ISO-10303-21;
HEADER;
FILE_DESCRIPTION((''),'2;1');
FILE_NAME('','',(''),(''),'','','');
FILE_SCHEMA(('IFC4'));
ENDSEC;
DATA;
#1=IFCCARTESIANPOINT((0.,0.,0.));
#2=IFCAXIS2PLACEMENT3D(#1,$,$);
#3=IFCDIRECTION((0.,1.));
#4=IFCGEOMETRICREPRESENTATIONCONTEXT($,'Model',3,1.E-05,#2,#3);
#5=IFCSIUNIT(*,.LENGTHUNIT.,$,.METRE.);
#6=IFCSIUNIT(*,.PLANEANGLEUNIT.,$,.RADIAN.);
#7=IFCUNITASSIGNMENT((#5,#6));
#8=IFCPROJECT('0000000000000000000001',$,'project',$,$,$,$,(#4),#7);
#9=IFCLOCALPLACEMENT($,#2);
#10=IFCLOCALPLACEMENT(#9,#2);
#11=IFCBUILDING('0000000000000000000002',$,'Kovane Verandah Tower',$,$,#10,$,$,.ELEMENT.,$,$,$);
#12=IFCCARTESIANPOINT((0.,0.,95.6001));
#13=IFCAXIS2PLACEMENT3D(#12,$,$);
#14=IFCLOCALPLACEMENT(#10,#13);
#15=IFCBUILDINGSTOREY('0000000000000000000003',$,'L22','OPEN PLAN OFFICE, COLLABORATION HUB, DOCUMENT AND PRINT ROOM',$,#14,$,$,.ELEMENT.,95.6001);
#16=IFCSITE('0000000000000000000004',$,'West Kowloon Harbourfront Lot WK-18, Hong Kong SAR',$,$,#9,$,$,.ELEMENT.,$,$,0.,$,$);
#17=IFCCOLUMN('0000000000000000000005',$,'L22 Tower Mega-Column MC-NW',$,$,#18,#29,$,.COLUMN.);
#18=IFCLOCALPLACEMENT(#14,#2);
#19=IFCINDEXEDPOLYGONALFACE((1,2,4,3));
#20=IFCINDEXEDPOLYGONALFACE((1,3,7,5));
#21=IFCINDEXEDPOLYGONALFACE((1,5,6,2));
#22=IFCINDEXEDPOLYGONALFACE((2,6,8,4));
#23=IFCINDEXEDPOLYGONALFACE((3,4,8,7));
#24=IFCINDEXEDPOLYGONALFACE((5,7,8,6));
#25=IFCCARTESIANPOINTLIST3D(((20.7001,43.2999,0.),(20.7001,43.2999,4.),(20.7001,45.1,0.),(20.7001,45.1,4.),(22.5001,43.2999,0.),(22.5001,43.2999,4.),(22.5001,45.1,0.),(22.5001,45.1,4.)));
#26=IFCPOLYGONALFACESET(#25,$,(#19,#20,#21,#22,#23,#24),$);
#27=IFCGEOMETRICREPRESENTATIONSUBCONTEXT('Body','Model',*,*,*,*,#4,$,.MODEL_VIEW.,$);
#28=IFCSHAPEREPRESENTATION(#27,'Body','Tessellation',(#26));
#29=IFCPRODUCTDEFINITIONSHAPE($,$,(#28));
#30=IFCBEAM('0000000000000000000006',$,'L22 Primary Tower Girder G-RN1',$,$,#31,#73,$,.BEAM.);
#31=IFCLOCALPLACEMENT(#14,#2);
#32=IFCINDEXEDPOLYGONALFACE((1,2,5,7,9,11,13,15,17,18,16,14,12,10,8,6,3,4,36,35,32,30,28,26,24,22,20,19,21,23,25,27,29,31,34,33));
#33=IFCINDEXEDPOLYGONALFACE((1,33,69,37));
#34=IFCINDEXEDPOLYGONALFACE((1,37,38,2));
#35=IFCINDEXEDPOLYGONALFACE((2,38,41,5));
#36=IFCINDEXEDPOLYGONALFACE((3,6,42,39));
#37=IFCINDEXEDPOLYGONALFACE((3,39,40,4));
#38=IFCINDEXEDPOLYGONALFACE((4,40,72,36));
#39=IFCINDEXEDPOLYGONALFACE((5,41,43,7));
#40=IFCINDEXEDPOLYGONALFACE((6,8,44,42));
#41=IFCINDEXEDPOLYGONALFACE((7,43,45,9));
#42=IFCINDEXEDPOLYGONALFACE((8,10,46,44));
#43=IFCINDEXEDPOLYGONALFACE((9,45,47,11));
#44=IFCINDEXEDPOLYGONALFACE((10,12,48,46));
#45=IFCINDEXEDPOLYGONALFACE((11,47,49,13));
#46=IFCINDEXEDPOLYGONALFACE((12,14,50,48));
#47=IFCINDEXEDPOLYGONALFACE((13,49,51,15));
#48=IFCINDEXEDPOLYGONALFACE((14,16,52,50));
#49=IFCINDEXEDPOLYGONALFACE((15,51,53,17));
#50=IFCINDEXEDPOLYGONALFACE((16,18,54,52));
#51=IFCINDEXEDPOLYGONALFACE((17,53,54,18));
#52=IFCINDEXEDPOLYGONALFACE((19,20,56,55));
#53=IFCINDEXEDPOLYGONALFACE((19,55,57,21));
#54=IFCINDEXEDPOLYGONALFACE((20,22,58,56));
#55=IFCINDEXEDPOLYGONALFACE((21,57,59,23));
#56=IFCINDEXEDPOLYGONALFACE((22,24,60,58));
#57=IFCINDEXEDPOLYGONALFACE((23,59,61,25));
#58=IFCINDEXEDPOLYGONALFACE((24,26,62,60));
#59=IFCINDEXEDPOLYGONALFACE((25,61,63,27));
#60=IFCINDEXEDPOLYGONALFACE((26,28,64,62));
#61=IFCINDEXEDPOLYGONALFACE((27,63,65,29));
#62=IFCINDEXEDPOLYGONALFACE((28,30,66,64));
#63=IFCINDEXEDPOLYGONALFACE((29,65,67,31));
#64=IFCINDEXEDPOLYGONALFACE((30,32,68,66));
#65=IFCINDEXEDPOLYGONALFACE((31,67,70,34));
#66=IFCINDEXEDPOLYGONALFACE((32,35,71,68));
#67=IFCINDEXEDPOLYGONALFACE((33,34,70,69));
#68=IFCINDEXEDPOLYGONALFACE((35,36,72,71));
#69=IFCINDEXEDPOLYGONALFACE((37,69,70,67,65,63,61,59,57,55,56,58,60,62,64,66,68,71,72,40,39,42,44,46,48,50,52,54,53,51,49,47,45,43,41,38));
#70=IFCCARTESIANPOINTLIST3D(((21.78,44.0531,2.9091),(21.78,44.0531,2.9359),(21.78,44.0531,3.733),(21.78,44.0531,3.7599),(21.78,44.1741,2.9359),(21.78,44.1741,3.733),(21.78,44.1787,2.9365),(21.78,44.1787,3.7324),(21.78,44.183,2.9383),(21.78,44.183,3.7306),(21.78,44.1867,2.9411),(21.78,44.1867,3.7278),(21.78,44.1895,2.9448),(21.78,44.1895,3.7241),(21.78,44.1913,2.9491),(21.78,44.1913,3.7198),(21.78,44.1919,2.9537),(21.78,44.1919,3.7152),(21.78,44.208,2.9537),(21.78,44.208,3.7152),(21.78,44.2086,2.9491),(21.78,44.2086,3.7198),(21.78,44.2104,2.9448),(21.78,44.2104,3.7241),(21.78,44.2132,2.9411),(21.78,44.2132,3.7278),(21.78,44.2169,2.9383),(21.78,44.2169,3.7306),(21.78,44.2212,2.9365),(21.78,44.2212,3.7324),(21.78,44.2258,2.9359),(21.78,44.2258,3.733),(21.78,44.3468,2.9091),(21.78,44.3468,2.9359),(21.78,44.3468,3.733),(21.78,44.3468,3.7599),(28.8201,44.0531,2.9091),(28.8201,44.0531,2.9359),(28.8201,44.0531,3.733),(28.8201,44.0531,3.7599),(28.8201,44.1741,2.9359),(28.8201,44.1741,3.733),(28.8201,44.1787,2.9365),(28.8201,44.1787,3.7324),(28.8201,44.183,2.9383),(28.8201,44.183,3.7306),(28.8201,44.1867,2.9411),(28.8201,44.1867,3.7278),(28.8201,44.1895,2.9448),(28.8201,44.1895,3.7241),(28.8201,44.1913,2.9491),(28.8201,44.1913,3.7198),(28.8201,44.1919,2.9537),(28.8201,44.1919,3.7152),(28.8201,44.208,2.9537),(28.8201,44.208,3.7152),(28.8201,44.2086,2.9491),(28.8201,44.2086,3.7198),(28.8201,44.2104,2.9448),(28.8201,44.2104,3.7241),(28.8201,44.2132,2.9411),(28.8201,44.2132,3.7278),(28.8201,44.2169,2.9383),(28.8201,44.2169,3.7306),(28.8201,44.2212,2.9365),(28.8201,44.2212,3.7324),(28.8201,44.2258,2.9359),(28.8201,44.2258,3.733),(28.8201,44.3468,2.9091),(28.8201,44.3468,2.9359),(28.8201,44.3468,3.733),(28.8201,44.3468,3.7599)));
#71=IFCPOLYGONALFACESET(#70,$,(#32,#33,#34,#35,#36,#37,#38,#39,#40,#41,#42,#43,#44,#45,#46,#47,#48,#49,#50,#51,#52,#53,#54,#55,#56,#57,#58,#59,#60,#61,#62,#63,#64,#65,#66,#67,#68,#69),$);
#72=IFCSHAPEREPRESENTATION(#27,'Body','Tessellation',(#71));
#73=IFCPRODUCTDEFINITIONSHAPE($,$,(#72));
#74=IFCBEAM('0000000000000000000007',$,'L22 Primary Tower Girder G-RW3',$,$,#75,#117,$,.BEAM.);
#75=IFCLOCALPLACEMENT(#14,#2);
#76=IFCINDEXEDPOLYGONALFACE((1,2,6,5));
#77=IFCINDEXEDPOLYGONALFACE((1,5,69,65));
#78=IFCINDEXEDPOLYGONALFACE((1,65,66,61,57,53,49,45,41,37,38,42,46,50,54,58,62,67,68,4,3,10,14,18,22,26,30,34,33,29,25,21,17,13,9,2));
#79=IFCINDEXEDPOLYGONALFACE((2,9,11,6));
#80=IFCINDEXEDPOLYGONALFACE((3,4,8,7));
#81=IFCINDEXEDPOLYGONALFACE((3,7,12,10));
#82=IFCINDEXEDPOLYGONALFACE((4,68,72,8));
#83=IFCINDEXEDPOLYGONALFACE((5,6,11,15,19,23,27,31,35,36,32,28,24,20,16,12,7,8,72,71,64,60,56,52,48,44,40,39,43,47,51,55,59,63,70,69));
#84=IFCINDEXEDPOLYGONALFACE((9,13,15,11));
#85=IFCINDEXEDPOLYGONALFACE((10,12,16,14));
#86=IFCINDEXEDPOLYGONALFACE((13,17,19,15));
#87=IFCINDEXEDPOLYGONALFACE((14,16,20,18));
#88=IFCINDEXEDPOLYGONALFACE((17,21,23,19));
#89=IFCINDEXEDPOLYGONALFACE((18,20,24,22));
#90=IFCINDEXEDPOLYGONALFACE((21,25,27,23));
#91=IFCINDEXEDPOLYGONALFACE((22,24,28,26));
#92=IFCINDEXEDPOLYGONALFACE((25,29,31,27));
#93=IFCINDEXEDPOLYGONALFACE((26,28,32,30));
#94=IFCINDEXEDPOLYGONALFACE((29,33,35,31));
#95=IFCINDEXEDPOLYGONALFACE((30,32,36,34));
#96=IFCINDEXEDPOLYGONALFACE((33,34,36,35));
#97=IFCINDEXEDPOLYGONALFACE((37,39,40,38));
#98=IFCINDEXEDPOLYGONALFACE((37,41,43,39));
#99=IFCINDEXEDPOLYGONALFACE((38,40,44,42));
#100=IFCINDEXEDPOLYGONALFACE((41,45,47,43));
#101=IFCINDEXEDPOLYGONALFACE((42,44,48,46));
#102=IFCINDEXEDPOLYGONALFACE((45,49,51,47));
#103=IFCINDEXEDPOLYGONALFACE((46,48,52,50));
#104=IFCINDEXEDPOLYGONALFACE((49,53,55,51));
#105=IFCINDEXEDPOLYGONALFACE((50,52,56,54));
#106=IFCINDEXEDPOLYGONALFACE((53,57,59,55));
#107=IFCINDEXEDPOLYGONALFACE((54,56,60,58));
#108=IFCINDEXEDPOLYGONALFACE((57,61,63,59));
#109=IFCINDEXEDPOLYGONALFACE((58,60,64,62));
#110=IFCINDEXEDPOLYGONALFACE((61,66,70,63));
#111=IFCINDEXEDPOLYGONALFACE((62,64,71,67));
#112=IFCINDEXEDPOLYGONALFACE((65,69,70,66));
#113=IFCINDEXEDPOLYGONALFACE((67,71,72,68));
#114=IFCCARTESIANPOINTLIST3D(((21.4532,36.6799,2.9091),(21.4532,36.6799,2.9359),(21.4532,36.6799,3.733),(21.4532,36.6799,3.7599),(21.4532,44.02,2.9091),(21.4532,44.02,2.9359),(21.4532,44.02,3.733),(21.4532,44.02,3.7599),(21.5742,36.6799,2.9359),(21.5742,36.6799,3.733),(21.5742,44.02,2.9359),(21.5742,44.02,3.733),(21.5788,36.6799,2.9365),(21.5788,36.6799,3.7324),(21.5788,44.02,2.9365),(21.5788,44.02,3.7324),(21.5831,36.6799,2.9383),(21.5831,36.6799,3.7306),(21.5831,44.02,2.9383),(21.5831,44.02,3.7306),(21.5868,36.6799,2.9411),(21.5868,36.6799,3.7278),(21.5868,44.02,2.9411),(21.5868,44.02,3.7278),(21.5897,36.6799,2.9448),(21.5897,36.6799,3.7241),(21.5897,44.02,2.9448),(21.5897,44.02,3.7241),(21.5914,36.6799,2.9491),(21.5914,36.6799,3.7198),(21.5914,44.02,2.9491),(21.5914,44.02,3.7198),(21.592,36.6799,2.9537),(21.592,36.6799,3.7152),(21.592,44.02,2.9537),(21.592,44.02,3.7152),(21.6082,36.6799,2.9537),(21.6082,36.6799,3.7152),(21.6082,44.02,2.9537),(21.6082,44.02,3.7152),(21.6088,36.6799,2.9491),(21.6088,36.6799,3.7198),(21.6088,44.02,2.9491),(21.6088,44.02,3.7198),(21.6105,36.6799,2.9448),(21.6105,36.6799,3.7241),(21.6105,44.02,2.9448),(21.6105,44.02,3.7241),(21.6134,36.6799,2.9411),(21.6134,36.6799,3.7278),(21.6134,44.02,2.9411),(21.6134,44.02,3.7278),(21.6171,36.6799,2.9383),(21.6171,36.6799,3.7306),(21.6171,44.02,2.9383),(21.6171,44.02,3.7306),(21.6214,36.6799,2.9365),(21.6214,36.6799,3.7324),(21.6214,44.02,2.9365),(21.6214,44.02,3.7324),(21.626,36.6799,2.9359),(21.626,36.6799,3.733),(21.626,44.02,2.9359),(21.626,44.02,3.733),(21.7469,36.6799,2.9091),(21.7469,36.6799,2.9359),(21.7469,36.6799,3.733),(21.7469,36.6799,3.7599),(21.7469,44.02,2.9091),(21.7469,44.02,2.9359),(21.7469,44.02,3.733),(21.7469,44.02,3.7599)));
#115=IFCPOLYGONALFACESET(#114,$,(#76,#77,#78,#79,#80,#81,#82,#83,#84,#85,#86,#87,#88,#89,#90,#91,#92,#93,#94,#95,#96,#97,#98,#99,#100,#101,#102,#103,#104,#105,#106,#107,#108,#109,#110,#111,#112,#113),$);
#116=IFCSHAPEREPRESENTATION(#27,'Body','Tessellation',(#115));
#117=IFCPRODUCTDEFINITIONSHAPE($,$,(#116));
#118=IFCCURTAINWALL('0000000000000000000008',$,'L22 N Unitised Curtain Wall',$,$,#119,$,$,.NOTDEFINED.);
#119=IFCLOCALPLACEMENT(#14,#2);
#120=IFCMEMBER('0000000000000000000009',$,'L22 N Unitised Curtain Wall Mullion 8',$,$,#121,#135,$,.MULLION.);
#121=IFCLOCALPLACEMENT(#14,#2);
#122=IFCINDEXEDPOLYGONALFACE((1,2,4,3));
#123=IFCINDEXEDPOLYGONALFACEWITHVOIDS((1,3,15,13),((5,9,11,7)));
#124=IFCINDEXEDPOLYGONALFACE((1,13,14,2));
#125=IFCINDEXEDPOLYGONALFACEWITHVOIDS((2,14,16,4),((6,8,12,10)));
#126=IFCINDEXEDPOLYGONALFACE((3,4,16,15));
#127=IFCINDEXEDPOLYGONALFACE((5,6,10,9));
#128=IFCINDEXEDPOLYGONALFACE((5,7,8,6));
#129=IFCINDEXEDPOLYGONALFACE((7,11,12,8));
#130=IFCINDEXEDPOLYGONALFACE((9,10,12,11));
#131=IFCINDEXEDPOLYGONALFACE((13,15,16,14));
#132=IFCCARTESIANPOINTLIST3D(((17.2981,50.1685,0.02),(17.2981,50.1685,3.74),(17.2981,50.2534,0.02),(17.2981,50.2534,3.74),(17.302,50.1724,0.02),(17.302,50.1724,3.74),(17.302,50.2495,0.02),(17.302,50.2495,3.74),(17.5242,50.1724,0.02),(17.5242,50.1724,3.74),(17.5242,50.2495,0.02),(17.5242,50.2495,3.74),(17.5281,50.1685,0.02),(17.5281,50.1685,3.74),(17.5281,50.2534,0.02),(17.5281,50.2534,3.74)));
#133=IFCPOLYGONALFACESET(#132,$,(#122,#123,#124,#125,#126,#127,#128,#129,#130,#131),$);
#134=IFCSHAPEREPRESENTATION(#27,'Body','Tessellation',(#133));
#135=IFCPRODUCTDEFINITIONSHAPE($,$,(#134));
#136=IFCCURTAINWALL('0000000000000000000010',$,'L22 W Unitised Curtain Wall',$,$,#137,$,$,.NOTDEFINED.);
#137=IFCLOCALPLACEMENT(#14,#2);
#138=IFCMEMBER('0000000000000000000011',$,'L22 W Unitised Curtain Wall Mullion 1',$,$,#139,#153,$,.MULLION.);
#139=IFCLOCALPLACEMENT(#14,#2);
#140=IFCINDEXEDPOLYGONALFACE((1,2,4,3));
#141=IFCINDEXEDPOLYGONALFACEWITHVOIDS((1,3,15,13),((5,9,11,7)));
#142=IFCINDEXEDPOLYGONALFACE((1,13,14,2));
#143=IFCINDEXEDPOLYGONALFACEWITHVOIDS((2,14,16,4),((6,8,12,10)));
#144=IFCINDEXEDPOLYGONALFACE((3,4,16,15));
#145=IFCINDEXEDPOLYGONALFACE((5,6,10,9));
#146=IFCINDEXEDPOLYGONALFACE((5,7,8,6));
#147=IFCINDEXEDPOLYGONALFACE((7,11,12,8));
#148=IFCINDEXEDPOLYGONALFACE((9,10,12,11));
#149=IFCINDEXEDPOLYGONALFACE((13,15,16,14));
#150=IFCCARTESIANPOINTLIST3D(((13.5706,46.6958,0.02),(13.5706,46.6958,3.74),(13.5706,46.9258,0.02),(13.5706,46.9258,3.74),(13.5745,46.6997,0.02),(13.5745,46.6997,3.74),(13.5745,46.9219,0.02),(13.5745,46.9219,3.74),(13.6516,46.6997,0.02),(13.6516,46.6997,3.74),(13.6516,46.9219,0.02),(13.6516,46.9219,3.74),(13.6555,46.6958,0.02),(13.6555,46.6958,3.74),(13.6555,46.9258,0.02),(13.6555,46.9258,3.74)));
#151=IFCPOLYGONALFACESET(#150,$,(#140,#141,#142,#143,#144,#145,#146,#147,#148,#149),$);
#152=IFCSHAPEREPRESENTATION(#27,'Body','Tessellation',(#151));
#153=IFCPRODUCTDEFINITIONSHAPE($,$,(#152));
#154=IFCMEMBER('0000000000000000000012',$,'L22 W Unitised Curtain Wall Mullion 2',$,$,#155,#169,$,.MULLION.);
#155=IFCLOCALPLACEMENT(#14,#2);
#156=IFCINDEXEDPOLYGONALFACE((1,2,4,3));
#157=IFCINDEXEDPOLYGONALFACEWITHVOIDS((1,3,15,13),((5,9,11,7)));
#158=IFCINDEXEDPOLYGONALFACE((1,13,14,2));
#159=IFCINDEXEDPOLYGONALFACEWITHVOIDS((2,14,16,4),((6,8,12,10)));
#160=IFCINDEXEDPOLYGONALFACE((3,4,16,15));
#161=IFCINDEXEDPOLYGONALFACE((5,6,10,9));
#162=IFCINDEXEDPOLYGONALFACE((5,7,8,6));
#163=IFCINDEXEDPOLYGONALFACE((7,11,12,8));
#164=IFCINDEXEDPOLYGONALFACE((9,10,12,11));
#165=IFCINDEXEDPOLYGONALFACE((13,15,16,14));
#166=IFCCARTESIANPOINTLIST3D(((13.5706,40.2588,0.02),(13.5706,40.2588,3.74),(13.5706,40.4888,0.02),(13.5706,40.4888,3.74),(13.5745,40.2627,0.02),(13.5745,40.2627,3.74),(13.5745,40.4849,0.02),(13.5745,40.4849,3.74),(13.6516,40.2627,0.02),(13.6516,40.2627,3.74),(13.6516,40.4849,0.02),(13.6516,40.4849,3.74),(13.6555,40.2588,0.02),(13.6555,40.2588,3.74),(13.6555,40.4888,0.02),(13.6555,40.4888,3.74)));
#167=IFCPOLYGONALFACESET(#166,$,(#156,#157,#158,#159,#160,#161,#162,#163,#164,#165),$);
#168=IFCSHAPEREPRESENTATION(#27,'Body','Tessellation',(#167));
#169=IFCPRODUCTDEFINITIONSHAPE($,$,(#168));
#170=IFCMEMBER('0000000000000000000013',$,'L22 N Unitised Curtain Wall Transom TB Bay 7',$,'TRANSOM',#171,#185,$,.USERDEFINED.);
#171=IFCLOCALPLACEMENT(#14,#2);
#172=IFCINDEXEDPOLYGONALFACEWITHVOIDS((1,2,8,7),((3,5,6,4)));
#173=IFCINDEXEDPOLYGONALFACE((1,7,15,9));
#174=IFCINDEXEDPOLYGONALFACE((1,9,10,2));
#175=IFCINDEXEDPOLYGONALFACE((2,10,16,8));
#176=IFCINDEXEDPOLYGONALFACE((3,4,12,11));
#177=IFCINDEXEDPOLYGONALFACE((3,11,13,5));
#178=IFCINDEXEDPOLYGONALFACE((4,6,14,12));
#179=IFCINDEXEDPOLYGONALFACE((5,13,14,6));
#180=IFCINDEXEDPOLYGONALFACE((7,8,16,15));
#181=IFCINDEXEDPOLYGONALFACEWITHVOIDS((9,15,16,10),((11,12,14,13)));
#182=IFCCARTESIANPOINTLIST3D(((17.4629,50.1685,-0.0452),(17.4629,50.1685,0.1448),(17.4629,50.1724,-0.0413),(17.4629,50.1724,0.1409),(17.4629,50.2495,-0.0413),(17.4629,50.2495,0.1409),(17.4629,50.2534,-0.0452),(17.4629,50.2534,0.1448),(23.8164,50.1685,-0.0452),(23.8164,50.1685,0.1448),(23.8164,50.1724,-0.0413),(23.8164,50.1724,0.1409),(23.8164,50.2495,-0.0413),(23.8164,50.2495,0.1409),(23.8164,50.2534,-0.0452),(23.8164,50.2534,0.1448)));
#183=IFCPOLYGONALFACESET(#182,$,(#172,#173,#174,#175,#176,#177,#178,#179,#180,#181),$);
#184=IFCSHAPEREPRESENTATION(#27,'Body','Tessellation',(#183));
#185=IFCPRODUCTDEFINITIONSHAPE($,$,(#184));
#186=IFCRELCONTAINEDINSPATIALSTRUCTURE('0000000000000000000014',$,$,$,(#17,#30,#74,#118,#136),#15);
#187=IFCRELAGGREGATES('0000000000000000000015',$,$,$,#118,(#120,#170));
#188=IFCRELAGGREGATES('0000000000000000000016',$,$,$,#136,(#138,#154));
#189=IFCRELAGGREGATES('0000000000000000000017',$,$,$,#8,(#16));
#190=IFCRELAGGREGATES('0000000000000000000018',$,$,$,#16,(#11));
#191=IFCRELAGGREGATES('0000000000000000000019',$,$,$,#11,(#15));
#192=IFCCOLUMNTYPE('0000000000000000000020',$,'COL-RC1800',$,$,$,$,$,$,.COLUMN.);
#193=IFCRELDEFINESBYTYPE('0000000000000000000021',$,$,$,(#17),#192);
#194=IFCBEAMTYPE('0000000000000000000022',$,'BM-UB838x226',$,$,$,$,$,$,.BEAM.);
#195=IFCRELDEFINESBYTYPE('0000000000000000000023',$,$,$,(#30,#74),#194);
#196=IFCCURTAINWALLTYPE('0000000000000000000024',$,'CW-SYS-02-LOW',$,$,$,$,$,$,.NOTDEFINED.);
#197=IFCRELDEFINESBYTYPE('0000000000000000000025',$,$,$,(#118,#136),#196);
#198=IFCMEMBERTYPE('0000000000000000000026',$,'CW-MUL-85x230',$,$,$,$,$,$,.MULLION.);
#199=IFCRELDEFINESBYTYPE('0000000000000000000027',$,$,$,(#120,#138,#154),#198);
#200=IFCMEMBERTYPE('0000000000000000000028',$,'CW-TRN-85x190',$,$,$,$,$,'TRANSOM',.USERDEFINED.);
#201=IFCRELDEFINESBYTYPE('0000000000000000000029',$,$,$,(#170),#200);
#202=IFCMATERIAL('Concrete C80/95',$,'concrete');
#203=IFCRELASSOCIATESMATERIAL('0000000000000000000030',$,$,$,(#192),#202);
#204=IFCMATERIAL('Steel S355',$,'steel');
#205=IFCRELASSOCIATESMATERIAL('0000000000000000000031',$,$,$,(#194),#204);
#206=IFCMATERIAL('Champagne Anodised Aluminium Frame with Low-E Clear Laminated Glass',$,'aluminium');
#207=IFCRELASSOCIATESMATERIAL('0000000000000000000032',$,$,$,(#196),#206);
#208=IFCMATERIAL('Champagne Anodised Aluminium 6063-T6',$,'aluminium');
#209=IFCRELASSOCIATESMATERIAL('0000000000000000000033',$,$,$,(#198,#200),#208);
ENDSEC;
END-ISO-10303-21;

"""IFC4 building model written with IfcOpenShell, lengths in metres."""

from ifc_helpers import new_model, si_unit, direction, frame, origin, origin_2d, place, context, subcontext, project, spatial, rectangle, hollow_rectangle, i_section, extrude, material, material_profile, profile_set, type_object, element, aggregate, save


model = new_model("IFC4")

# Units and contexts
model_context = context("Model", 3, precision=1e-05, world=origin(), true_north=direction((0.0, 1.0)))
body_context = subcontext(model_context, "Body", "Model", "MODEL_VIEW")
ifc_project = project(units=[si_unit("LENGTHUNIT", "METRE"), si_unit("PLANEANGLEUNIT", "RADIAN")], contexts=[model_context])

# Site, building, storey
site_placement = place(None, origin())
site = spatial("IfcSite", under=ifc_project, at=site_placement, Name="West Kowloon Harbourfront Lot WK-18, Hong Kong SAR", CompositionType="ELEMENT", RefElevation=0.0)
building_placement = place(site_placement, origin())
building = spatial("IfcBuilding", under=site, at=building_placement, Name="Kovane Verandah Tower", CompositionType="ELEMENT")
storey_placement = place(building_placement, frame((0.0, 0.0, 95.6001)))
storey = spatial("IfcBuildingStorey", under=building, at=storey_placement, Name="L22", Description="OPEN PLAN OFFICE, COLLABORATION HUB, DOCUMENT AND PRINT ROOM", CompositionType="ELEMENT", Elevation=95.6001)

# Column
ifc_material_1 = material(Name="Concrete C80/95", Category="concrete")
ifc_material_profile_1 = material_profile(ifc_material_1, rectangle(XDim=1.8, YDim=1.8, at=origin_2d()), Name="RC1800x1800")
ifc_profile_set_1 = profile_set([ifc_material_profile_1], Name="Concrete C80/95")
column_type = type_object("IfcColumnType", Name="COL-RC1800", PredefinedType="COLUMN", material=ifc_profile_set_1)
column_placement = place(storey_placement, frame((21.6001, 44.2, 0.0), z_axis=(0.0, 0.0, 1.0), x_axis=(1.0, 0.0, 0.0)))
element("IfcColumn", 1, at=column_placement, inside=storey, type_object=column_type, Name="L22 Tower Mega-Column MC-NW", PredefinedType="COLUMN", context=body_context, shape_type="SweptSolid", body=[
    extrude(rectangle(XDim=1.8, YDim=1.8, at=origin_2d()), origin(), (0.0, 0.0, 1.0), 4.0),
])

# Beams
ifc_material_2 = material(Name="Steel S355", Category="steel")
ifc_material_profile_2 = material_profile(ifc_material_2, i_section(OverallWidth=0.2937, OverallDepth=0.8508, WebThickness=0.0161, FlangeThickness=0.0269, FilletRadius=0.0178, at=origin_2d()), Name="UB838x292x226")
ifc_profile_set_2 = profile_set([ifc_material_profile_2], Name="Steel S355")
beam_type = type_object("IfcBeamType", Name="BM-UB838x226", PredefinedType="BEAM", material=ifc_profile_set_2)
beam_1_placement = place(storey_placement, frame((21.78, 44.2, 3.3345), z_axis=(1.0, 0.0, 0.0), x_axis=(0.0, 1.0, 0.0)))
element("IfcBeam", 2, at=beam_1_placement, inside=storey, type_object=beam_type, Name="L22 Primary Tower Girder G-RN1", PredefinedType="BEAM", context=body_context, shape_type="SweptSolid", body=[
    extrude(i_section(OverallWidth=0.2937, OverallDepth=0.8508, WebThickness=0.0161, FlangeThickness=0.0269, FilletRadius=0.0178, at=origin_2d()), origin(), (0.0, 0.0, 1.0), 7.04),
])
beam_2_placement = place(storey_placement, frame((21.6001, 36.6799, 3.3345), z_axis=(0.0, 1.0, 0.0), x_axis=(-1.0, 0.0, 0.0)))
element("IfcBeam", 3, at=beam_2_placement, inside=storey, type_object=beam_type, Name="L22 Primary Tower Girder G-RW3", PredefinedType="BEAM", context=body_context, shape_type="SweptSolid", body=[
    extrude(i_section(OverallWidth=0.2937, OverallDepth=0.8508, WebThickness=0.0161, FlangeThickness=0.0269, FilletRadius=0.0178, at=origin_2d()), origin(), (0.0, 0.0, 1.0), 7.3401),
])

# Curtain wall, member
ifc_material_3 = material(Name="Champagne Anodised Aluminium Frame with Low-E Clear Laminated Glass", Category="aluminium")
curtain_wall_type = type_object("IfcCurtainWallType", Name="CW-SYS-02-LOW", PredefinedType="NOTDEFINED", material=ifc_material_3)
curtain_wall_1_placement = place(storey_placement, origin())
curtain_wall_1 = element("IfcCurtainWall", 4, at=curtain_wall_1_placement, inside=storey, type_object=curtain_wall_type, Name="L22 N Unitised Curtain Wall", PredefinedType="NOTDEFINED")
ifc_material_4 = material(Name="Champagne Anodised Aluminium 6063-T6", Category="aluminium")
ifc_material_profile_3 = material_profile(ifc_material_4, hollow_rectangle(XDim=0.085, YDim=0.23, WallThickness=0.0039, at=origin_2d()), Name="AL85x230x4")
ifc_profile_set_3 = profile_set([ifc_material_profile_3], Name="Champagne Anodised Aluminium 6063-T6")
member_type_1 = type_object("IfcMemberType", Name="CW-MUL-85x230", PredefinedType="MULLION", material=ifc_profile_set_3)
member_1_placement = place(storey_placement, frame((17.4131, 50.2109, 0.02), z_axis=(0.0, 0.0, 1.0), x_axis=(0.0, 1.0, 0.0)))
member_1 = element("IfcMember", 5, at=member_1_placement, type_object=member_type_1, Name="L22 N Unitised Curtain Wall Mullion 8", PredefinedType="MULLION", context=body_context, shape_type="SweptSolid", body=[
    extrude(hollow_rectangle(XDim=0.085, YDim=0.23, WallThickness=0.0039, at=origin_2d()), origin(), (0.0, 0.0, 1.0), 3.72),
])

# Curtain wall, members
curtain_wall_2_placement = place(storey_placement, origin())
curtain_wall_2 = element("IfcCurtainWall", 6, at=curtain_wall_2_placement, inside=storey, type_object=curtain_wall_type, Name="L22 W Unitised Curtain Wall", PredefinedType="NOTDEFINED")
member_2_placement = place(storey_placement, frame((13.613, 46.8108, 0.02), z_axis=(0.0, 0.0, 1.0), x_axis=(-1.0, 0.0, 0.0)))
member_2 = element("IfcMember", 7, at=member_2_placement, type_object=member_type_1, Name="L22 W Unitised Curtain Wall Mullion 1", PredefinedType="MULLION", context=body_context, shape_type="SweptSolid", body=[
    extrude(hollow_rectangle(XDim=0.085, YDim=0.23, WallThickness=0.0039, at=origin_2d()), origin(), (0.0, 0.0, 1.0), 3.72),
])
member_3_placement = place(storey_placement, frame((13.613, 40.3738, 0.02), z_axis=(0.0, 0.0, 1.0), x_axis=(-1.0, 0.0, 0.0)))
member_3 = element("IfcMember", 8, at=member_3_placement, type_object=member_type_1, Name="L22 W Unitised Curtain Wall Mullion 2", PredefinedType="MULLION", context=body_context, shape_type="SweptSolid", body=[
    extrude(hollow_rectangle(XDim=0.085, YDim=0.23, WallThickness=0.0039, at=origin_2d()), origin(), (0.0, 0.0, 1.0), 3.72),
])

# Member
ifc_material_profile_4 = material_profile(ifc_material_4, hollow_rectangle(XDim=0.085, YDim=0.1899, WallThickness=0.0039, at=origin_2d()), Name="AL85x190x4")
ifc_profile_set_4 = profile_set([ifc_material_profile_4], Name="Champagne Anodised Aluminium 6063-T6")
member_type_2 = type_object("IfcMemberType", Name="CW-TRN-85x190", ElementType="TRANSOM", PredefinedType="USERDEFINED", material=ifc_profile_set_4)
member_4_placement = place(storey_placement, frame((23.8164, 50.2109, 0.0498), z_axis=(-1.0, 0.0, 0.0), x_axis=(0.0, -1.0, 0.0)))
member_4 = element("IfcMember", 9, at=member_4_placement, type_object=member_type_2, Name="L22 N Unitised Curtain Wall Transom TB Bay 7", ObjectType="TRANSOM", PredefinedType="USERDEFINED", context=body_context, shape_type="SweptSolid", body=[
    extrude(hollow_rectangle(XDim=0.085, YDim=0.1899, WallThickness=0.0039, at=origin_2d()), origin(), (0.0, 0.0, 1.0), 6.3535),
])

aggregate(curtain_wall_1, [member_1, member_4])
aggregate(curtain_wall_2, [member_2, member_3])

save(model, "model.ifc")
